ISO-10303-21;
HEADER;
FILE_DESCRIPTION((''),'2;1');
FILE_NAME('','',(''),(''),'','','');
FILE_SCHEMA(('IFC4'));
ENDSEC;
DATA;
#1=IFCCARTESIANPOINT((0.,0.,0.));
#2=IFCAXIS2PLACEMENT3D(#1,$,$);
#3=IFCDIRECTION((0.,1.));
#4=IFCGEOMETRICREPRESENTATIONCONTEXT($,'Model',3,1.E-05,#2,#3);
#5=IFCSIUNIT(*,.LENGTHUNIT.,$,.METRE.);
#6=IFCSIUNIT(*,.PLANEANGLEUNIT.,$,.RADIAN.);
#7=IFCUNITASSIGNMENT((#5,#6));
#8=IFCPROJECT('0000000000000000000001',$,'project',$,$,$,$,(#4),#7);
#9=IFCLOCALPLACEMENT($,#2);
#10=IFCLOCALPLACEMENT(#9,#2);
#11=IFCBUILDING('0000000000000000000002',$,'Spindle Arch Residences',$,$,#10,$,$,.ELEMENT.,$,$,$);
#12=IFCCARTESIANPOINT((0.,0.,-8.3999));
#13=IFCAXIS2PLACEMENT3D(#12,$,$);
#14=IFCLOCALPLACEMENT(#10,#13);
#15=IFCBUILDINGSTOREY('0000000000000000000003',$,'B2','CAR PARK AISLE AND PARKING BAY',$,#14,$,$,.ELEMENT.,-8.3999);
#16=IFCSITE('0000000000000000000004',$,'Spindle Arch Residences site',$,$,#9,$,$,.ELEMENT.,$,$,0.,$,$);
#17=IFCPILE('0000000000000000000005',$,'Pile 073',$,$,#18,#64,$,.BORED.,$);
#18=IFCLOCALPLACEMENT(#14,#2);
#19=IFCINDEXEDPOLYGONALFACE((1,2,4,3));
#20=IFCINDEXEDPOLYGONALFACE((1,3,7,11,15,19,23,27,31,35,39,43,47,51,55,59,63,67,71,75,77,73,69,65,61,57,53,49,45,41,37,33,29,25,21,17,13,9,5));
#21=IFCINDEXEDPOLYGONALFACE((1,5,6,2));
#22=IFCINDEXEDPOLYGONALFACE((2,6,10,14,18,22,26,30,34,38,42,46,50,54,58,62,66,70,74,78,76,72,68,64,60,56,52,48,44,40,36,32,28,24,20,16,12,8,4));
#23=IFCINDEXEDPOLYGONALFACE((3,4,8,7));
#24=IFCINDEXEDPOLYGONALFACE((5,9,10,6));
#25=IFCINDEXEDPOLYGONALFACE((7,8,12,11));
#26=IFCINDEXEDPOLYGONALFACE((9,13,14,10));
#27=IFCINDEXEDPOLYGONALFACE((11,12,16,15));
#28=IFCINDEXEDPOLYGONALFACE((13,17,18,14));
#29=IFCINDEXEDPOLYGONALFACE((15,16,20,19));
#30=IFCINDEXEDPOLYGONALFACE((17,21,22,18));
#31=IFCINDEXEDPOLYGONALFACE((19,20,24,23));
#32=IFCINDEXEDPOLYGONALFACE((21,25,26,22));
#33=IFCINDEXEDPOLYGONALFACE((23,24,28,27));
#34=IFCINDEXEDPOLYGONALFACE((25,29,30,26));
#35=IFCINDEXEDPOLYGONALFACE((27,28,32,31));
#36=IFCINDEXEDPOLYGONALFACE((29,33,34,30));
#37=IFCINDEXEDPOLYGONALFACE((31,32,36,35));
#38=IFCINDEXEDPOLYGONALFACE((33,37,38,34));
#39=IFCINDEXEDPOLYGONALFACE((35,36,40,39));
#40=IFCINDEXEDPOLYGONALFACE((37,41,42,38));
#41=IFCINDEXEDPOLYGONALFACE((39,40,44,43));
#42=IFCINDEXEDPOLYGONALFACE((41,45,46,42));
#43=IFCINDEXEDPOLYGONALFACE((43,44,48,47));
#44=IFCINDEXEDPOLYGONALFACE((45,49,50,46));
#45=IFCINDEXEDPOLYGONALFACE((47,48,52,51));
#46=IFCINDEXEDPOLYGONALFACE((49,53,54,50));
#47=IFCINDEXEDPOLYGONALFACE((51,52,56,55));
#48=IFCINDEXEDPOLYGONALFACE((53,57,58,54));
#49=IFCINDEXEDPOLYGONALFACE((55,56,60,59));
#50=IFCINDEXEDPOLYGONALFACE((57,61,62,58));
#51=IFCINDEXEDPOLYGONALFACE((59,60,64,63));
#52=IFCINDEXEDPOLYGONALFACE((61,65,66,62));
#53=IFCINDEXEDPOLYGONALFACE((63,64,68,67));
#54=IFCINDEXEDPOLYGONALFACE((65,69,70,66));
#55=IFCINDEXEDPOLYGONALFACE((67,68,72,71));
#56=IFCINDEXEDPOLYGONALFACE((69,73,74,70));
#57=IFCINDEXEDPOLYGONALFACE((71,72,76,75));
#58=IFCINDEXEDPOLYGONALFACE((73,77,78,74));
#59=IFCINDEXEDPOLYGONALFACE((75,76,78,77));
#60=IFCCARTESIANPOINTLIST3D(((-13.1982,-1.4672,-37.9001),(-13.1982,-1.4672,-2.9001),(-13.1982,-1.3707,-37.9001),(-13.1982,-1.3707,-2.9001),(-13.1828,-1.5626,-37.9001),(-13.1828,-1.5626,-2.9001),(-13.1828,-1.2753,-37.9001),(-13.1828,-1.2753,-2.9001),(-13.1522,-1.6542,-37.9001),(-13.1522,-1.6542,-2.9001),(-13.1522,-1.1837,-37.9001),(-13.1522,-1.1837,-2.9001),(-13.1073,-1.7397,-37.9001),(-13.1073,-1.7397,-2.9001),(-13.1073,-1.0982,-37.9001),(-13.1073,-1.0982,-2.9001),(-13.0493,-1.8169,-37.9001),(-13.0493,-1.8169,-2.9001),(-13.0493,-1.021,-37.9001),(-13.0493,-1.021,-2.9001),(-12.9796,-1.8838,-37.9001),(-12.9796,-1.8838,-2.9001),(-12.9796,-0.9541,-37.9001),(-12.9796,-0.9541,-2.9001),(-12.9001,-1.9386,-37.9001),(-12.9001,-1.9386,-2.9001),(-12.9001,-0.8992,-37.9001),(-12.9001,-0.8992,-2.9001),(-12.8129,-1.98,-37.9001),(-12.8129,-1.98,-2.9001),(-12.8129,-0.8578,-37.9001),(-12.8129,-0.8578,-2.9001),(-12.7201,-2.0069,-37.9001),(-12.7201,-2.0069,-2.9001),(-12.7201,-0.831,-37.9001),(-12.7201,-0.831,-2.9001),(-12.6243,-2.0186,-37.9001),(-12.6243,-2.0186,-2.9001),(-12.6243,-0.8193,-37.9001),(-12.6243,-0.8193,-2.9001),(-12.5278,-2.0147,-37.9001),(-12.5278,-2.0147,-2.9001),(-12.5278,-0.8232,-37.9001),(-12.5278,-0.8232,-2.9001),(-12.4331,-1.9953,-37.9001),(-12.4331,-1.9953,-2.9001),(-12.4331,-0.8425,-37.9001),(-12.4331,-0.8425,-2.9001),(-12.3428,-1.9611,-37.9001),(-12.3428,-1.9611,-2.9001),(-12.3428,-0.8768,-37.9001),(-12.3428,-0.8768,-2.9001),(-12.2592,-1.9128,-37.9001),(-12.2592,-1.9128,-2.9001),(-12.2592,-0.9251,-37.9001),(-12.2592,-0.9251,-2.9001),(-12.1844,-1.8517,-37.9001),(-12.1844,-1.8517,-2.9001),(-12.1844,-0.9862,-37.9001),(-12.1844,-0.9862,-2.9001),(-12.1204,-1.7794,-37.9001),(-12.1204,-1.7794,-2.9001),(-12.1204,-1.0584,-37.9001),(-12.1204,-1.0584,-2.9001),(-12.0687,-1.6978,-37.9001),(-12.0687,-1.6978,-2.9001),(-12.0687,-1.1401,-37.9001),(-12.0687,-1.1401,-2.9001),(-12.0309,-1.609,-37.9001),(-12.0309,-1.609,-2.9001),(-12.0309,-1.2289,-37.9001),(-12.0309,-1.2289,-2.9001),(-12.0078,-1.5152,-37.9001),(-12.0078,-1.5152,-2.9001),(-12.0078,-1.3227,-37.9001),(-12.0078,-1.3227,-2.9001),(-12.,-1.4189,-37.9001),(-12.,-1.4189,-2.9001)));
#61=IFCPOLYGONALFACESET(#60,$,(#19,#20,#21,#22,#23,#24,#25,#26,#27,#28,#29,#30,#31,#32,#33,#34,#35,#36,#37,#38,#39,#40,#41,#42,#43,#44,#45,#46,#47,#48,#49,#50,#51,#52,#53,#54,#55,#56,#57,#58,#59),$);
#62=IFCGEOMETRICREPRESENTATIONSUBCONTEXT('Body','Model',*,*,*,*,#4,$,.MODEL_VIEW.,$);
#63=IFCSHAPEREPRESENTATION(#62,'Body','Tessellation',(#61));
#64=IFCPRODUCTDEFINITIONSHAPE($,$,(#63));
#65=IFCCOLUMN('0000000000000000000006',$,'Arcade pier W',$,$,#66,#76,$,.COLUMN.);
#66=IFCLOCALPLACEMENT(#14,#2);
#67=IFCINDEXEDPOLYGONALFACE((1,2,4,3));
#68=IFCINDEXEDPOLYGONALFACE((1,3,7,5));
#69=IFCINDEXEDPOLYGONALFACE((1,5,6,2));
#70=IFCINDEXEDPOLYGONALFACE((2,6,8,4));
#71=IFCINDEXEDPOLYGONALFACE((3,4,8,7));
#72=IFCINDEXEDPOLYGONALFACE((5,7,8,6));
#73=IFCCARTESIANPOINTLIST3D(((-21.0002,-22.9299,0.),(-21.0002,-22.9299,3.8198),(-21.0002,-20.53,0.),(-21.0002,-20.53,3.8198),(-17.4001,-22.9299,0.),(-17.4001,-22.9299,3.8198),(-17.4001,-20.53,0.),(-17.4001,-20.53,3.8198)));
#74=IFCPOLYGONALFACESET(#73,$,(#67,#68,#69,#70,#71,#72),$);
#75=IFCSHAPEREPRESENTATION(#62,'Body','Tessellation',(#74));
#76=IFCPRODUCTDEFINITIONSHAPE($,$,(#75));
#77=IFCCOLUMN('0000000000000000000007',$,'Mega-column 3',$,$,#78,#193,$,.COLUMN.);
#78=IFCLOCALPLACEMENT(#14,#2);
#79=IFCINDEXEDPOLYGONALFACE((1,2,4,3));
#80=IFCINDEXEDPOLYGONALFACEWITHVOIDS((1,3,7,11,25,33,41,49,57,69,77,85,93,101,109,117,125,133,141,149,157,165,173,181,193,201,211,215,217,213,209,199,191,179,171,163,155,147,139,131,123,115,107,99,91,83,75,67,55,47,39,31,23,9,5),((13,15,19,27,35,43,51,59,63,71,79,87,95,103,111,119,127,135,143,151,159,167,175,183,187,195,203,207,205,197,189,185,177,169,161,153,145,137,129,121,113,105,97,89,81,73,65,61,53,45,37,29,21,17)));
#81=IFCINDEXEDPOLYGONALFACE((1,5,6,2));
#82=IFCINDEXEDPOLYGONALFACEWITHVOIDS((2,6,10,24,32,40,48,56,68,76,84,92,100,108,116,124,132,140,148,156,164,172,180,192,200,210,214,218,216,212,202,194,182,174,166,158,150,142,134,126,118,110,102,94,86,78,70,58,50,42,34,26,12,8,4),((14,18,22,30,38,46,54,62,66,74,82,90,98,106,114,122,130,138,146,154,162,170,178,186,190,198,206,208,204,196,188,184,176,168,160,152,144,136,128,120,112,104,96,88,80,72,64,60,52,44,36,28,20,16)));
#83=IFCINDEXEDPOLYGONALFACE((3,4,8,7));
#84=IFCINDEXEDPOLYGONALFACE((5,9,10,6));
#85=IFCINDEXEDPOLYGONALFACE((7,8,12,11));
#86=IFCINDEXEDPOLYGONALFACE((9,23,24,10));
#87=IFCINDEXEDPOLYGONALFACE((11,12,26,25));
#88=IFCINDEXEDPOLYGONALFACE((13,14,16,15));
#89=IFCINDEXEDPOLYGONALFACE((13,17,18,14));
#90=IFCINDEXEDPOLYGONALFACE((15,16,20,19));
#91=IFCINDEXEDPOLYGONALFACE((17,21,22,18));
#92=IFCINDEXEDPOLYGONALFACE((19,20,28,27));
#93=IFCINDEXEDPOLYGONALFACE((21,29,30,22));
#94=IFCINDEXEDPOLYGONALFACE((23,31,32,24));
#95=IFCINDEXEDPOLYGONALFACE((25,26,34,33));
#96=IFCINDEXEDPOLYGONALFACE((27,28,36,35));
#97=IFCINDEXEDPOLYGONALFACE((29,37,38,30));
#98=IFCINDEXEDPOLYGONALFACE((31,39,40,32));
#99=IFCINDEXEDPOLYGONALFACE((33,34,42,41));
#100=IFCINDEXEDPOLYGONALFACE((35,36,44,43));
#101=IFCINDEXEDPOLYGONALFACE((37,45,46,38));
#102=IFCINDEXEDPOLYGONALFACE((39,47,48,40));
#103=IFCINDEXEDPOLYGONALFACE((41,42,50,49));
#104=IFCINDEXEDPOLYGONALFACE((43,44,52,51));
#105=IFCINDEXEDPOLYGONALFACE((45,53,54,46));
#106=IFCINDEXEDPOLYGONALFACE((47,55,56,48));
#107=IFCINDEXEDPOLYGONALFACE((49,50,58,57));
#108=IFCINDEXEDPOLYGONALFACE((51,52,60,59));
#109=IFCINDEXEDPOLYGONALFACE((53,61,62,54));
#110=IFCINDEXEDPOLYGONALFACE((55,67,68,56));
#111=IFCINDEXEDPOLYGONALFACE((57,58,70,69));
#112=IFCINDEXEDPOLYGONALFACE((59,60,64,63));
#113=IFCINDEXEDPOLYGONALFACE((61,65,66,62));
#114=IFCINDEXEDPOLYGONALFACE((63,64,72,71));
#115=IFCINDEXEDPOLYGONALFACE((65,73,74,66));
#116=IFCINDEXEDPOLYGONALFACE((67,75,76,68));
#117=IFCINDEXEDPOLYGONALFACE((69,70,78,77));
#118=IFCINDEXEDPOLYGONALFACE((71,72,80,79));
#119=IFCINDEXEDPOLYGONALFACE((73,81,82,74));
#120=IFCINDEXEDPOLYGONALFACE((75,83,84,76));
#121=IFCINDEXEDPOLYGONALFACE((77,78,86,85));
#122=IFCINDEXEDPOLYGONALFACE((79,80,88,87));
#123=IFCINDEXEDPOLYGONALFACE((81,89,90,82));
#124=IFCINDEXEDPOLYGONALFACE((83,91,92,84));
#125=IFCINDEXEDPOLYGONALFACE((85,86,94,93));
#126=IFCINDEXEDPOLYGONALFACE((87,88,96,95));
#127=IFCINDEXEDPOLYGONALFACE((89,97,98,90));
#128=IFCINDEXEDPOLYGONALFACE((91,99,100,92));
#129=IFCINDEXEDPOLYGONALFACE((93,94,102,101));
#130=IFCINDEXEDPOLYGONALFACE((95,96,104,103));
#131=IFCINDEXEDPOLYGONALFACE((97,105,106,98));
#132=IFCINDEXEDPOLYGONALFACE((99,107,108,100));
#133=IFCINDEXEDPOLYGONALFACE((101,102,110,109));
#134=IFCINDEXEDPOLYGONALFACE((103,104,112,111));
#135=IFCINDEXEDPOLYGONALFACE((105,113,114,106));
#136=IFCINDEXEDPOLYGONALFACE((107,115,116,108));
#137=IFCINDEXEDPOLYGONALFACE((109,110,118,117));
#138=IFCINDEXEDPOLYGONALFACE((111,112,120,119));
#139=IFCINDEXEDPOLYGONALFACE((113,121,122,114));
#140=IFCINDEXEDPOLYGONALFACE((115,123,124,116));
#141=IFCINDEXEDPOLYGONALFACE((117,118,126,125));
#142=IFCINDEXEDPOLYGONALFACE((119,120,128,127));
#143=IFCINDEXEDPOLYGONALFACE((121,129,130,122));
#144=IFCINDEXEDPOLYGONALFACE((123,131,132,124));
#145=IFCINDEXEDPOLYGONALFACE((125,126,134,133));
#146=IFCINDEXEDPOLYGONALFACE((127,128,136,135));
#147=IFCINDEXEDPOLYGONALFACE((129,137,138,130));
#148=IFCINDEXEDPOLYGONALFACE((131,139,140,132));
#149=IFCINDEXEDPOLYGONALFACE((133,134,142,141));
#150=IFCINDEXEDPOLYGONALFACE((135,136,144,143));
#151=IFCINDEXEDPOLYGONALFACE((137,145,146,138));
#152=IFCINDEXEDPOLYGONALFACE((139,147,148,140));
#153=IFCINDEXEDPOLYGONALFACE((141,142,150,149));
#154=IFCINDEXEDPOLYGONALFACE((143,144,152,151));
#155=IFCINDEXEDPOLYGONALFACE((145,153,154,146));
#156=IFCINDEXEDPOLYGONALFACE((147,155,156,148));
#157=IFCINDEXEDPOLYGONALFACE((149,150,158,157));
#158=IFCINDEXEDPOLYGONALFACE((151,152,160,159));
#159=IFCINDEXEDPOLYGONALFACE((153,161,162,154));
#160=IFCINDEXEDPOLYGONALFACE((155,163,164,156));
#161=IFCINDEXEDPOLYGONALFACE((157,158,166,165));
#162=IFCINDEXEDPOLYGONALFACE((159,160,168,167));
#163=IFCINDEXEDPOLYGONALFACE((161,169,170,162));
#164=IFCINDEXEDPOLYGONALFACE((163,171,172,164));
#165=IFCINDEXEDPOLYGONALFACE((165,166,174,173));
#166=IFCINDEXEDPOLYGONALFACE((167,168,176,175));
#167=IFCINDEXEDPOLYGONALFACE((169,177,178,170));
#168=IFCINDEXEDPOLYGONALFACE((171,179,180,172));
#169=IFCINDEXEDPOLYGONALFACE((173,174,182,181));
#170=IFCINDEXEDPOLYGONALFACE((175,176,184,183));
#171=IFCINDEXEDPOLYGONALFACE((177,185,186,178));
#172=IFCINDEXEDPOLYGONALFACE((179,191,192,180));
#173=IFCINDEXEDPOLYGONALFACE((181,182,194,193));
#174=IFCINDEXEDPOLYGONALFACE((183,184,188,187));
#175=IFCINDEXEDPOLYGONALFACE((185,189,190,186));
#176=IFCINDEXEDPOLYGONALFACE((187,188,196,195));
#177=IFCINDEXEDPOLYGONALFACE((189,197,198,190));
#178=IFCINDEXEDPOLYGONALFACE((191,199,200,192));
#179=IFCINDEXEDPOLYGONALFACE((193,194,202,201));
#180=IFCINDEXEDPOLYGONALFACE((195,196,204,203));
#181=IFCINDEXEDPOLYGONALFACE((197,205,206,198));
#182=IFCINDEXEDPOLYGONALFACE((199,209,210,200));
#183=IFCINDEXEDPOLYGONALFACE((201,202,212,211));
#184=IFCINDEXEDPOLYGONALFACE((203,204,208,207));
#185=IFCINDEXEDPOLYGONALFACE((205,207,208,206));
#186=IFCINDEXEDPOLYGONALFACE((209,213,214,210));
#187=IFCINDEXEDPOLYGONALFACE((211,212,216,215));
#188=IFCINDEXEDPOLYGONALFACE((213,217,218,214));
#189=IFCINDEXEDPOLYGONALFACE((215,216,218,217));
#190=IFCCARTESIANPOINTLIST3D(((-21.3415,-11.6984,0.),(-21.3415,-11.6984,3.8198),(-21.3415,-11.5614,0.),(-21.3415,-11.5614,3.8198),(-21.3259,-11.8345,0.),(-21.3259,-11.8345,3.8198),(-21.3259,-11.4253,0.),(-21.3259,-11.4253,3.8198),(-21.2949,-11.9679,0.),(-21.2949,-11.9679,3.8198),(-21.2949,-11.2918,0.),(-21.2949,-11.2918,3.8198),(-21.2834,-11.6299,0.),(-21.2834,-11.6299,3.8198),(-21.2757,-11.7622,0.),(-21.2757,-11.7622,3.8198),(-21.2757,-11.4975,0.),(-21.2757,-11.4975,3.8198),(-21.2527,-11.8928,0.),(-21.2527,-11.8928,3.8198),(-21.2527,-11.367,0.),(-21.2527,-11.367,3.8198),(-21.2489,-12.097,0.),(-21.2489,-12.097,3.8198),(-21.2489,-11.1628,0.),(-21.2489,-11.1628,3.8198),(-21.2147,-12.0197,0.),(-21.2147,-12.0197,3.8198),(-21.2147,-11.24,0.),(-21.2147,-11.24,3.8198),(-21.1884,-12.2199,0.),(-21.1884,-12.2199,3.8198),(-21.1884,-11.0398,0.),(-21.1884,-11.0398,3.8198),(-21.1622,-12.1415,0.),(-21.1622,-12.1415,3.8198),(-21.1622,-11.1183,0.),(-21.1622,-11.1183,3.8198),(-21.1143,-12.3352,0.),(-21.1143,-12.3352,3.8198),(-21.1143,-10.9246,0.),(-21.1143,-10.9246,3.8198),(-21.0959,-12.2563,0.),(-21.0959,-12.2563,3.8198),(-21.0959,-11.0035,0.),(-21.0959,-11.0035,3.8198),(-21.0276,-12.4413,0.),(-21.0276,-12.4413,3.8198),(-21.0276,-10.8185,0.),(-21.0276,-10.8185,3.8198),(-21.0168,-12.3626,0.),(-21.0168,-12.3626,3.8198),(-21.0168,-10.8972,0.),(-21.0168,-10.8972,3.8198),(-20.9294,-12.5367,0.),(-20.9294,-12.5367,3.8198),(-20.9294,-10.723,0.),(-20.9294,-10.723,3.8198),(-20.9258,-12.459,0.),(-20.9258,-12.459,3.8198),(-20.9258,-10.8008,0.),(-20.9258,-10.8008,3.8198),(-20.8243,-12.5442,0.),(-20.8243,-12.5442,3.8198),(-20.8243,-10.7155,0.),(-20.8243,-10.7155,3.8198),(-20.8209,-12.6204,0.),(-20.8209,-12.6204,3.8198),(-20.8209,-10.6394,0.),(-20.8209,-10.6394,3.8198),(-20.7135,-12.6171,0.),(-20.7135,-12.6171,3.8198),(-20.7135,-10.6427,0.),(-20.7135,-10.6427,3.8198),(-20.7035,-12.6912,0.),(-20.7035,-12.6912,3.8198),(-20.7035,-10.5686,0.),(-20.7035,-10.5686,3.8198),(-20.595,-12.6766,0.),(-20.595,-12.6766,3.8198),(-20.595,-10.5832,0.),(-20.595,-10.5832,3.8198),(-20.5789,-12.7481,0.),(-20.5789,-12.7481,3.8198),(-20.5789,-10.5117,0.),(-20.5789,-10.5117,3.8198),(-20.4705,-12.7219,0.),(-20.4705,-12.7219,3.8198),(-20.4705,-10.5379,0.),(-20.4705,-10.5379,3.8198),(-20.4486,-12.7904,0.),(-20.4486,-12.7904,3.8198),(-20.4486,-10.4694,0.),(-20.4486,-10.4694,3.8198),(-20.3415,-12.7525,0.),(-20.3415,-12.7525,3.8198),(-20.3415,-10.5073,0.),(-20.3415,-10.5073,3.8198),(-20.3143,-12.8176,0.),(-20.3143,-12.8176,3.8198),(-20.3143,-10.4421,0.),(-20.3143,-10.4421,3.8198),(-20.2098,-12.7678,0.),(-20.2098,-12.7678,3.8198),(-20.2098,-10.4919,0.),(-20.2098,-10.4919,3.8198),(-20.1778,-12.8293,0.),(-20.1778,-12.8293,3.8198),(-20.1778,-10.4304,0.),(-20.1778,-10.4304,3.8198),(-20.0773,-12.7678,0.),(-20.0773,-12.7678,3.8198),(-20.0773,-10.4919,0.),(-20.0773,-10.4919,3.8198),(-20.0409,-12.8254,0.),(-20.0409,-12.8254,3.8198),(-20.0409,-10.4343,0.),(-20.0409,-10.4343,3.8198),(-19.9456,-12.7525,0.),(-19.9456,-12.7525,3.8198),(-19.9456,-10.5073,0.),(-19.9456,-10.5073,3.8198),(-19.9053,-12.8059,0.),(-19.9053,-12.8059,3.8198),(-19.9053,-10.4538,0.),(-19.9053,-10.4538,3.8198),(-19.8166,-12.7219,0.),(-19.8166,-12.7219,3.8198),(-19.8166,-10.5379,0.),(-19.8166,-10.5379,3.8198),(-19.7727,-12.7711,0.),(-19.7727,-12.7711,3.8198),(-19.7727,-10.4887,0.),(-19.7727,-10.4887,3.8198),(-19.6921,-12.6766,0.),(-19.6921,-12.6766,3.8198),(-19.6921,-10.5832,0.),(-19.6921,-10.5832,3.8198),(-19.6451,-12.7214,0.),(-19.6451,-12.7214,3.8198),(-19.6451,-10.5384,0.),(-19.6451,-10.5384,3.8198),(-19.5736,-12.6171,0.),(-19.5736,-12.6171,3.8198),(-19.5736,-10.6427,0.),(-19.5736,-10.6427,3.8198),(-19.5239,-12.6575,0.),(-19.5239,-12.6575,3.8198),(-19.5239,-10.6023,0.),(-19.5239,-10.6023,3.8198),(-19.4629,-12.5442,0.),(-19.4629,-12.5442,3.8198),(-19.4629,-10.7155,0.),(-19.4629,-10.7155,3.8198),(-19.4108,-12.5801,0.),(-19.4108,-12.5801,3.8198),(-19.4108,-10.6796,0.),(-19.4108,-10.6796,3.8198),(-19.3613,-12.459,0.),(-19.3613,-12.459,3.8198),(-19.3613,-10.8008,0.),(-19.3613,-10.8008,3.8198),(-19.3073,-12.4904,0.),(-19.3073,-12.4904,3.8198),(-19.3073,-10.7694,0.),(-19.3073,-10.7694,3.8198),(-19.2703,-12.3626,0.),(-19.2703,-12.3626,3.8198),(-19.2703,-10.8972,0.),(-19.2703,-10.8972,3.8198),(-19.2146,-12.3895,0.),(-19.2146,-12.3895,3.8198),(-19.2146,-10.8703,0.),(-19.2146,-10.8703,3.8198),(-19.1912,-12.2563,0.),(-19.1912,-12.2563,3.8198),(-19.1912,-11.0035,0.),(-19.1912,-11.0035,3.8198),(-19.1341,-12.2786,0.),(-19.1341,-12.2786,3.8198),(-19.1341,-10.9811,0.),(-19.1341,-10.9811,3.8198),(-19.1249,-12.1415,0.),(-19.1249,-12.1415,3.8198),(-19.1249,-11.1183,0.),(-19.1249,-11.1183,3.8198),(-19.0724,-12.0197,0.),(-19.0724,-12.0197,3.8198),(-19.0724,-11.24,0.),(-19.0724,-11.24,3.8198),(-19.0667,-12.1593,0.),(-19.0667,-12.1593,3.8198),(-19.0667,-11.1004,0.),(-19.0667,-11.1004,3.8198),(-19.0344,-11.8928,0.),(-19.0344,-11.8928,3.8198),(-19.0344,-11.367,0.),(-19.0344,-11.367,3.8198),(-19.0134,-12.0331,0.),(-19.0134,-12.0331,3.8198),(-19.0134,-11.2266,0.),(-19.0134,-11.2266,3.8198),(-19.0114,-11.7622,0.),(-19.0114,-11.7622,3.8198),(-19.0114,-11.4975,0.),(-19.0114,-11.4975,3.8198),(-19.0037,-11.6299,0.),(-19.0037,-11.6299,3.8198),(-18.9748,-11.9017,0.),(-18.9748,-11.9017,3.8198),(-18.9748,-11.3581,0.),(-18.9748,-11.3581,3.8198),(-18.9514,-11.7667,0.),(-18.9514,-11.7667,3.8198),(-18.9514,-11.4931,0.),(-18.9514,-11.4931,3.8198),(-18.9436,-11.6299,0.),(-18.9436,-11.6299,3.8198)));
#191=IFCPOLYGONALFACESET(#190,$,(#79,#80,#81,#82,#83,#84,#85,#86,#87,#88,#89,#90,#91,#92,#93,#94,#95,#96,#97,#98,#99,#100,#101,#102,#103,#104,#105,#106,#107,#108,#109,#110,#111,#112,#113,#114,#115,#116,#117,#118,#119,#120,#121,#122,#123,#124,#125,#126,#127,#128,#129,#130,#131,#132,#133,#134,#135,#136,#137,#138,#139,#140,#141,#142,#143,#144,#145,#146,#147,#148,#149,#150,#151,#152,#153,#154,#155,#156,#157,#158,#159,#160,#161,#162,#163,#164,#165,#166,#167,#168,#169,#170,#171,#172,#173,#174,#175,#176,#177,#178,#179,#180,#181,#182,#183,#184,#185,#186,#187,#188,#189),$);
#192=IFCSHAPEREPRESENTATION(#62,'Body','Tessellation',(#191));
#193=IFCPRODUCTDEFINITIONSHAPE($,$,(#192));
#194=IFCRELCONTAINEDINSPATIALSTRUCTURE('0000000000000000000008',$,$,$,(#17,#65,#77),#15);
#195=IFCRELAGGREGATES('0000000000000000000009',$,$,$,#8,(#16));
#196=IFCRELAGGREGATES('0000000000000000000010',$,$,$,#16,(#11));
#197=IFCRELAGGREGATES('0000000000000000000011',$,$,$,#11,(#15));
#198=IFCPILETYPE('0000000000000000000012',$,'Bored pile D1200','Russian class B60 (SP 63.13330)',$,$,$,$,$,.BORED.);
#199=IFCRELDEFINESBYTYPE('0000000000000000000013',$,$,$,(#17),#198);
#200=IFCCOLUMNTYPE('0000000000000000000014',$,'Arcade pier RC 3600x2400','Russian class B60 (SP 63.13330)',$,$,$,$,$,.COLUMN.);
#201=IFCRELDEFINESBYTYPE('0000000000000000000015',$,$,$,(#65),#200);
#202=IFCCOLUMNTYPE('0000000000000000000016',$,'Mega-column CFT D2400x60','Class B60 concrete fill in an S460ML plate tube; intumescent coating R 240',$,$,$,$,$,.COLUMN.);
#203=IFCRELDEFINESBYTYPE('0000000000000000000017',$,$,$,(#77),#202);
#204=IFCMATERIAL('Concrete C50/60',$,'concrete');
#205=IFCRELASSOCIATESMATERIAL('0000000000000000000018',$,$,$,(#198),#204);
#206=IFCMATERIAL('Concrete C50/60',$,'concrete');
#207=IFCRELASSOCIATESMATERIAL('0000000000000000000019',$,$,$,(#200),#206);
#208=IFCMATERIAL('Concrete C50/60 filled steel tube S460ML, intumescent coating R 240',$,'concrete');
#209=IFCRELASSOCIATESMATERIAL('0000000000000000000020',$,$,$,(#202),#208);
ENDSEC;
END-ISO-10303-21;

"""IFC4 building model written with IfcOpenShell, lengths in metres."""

from ifc_helpers import new_model, si_unit, direction, frame, origin, origin_2d, place, context, subcontext, project, spatial, rectangle, circle, hollow_circle, extrude, material, material_profile, profile_set, type_object, element, save


model = new_model("IFC4")

# Units and contexts
model_context = context("Model", 3, precision=1e-05, world=origin(), true_north=direction((0.0, 1.0)))
body_context = subcontext(model_context, "Body", "Model", "MODEL_VIEW")
ifc_project = project(units=[si_unit("LENGTHUNIT", "METRE"), si_unit("PLANEANGLEUNIT", "RADIAN")], contexts=[model_context])

# Site, building, storey
site_placement = place(None, origin())
site = spatial("IfcSite", under=ifc_project, at=site_placement, Name="Spindle Arch Residences site", CompositionType="ELEMENT", RefElevation=0.0)
building_placement = place(site_placement, origin())
building = spatial("IfcBuilding", under=site, at=building_placement, Name="Spindle Arch Residences", CompositionType="ELEMENT")
storey_placement = place(building_placement, frame((0.0, 0.0, -8.3999)))
storey = spatial("IfcBuildingStorey", under=building, at=storey_placement, Name="B2", Description="CAR PARK AISLE AND PARKING BAY", CompositionType="ELEMENT", Elevation=-8.3999)

# Pile
ifc_material_1 = material(Name="Concrete C50/60", Category="concrete")
ifc_material_profile_1 = material_profile(ifc_material_1, circle(Radius=0.6001, at=origin_2d()), Name="BP D1200")
ifc_profile_set_1 = profile_set([ifc_material_profile_1], Name="Concrete C50/60")
pile_type = type_object("IfcPileType", Name="Bored pile D1200", Description="Russian class B60 (SP 63.13330)", PredefinedType="BORED", material=ifc_profile_set_1)
for number, where, z_axis, x_axis, name in (
    (1, (-12.6001, -1.4189, -2.9001), (0.0, 0.0, -1.0), (1.0, 0.0, 0.0), "Pile 073"),
):
    element("IfcPile", number, at=place(storey_placement, frame(where, z_axis=z_axis, x_axis=x_axis)), inside=storey, type_object=pile_type, Name=name, PredefinedType="BORED", context=body_context, shape_type="SweptSolid", body=[
        extrude(circle(Radius=0.6001, at=origin_2d()), origin(), (0.0, 0.0, 1.0), 35.0),
    ])

# Columns
ifc_material_2 = material(Name="Concrete C50/60", Category="concrete")
ifc_material_profile_2 = material_profile(ifc_material_2, rectangle(XDim=3.6001, YDim=2.3999, at=origin_2d()), Name="RC 3600x2400")
ifc_profile_set_2 = profile_set([ifc_material_profile_2], Name="Concrete C50/60")
column_type_1 = type_object("IfcColumnType", Name="Arcade pier RC 3600x2400", Description="Russian class B60 (SP 63.13330)", PredefinedType="COLUMN", material=ifc_profile_set_2)
column_1_placement = place(storey_placement, frame((-19.2002, -21.73, 0.0), z_axis=(0.0, 0.0, 1.0), x_axis=(1.0, 0.0, 0.0)))
element("IfcColumn", 2, at=column_1_placement, inside=storey, type_object=column_type_1, Name="Arcade pier W", PredefinedType="COLUMN", context=body_context, shape_type="SweptSolid", body=[
    extrude(rectangle(XDim=3.6001, YDim=2.3999, at=origin_2d()), origin(), (0.0, 0.0, 1.0), 3.8198),
])
ifc_material_3 = material(Name="Concrete C50/60 filled steel tube S460ML, intumescent coating R 240", Category="concrete")
ifc_material_profile_3 = material_profile(ifc_material_3, hollow_circle(Radius=1.2, WallThickness=0.0601, at=origin_2d()), Name="CFT D2400x60")
ifc_profile_set_3 = profile_set([ifc_material_profile_3], Name="Concrete C50/60 filled steel tube S460ML, intumescent coating R 240")
column_type_2 = type_object("IfcColumnType", Name="Mega-column CFT D2400x60", Description="Class B60 concrete fill in an S460ML plate tube; intumescent coating R 240", PredefinedType="COLUMN", material=ifc_profile_set_3)
column_2_placement = place(storey_placement, frame((-20.1436, -11.6299, 0.0), z_axis=(0.0, 0.0, 1.0), x_axis=(1.0, 0.0, 0.0)))
element("IfcColumn", 3, at=column_2_placement, inside=storey, type_object=column_type_2, Name="Mega-column 3", PredefinedType="COLUMN", context=body_context, shape_type="SweptSolid", body=[
    extrude(hollow_circle(Radius=1.2, WallThickness=0.0601, at=origin_2d()), origin(), (0.0, 0.0, 1.0), 3.8198),
])

save(model, "model.ifc")
